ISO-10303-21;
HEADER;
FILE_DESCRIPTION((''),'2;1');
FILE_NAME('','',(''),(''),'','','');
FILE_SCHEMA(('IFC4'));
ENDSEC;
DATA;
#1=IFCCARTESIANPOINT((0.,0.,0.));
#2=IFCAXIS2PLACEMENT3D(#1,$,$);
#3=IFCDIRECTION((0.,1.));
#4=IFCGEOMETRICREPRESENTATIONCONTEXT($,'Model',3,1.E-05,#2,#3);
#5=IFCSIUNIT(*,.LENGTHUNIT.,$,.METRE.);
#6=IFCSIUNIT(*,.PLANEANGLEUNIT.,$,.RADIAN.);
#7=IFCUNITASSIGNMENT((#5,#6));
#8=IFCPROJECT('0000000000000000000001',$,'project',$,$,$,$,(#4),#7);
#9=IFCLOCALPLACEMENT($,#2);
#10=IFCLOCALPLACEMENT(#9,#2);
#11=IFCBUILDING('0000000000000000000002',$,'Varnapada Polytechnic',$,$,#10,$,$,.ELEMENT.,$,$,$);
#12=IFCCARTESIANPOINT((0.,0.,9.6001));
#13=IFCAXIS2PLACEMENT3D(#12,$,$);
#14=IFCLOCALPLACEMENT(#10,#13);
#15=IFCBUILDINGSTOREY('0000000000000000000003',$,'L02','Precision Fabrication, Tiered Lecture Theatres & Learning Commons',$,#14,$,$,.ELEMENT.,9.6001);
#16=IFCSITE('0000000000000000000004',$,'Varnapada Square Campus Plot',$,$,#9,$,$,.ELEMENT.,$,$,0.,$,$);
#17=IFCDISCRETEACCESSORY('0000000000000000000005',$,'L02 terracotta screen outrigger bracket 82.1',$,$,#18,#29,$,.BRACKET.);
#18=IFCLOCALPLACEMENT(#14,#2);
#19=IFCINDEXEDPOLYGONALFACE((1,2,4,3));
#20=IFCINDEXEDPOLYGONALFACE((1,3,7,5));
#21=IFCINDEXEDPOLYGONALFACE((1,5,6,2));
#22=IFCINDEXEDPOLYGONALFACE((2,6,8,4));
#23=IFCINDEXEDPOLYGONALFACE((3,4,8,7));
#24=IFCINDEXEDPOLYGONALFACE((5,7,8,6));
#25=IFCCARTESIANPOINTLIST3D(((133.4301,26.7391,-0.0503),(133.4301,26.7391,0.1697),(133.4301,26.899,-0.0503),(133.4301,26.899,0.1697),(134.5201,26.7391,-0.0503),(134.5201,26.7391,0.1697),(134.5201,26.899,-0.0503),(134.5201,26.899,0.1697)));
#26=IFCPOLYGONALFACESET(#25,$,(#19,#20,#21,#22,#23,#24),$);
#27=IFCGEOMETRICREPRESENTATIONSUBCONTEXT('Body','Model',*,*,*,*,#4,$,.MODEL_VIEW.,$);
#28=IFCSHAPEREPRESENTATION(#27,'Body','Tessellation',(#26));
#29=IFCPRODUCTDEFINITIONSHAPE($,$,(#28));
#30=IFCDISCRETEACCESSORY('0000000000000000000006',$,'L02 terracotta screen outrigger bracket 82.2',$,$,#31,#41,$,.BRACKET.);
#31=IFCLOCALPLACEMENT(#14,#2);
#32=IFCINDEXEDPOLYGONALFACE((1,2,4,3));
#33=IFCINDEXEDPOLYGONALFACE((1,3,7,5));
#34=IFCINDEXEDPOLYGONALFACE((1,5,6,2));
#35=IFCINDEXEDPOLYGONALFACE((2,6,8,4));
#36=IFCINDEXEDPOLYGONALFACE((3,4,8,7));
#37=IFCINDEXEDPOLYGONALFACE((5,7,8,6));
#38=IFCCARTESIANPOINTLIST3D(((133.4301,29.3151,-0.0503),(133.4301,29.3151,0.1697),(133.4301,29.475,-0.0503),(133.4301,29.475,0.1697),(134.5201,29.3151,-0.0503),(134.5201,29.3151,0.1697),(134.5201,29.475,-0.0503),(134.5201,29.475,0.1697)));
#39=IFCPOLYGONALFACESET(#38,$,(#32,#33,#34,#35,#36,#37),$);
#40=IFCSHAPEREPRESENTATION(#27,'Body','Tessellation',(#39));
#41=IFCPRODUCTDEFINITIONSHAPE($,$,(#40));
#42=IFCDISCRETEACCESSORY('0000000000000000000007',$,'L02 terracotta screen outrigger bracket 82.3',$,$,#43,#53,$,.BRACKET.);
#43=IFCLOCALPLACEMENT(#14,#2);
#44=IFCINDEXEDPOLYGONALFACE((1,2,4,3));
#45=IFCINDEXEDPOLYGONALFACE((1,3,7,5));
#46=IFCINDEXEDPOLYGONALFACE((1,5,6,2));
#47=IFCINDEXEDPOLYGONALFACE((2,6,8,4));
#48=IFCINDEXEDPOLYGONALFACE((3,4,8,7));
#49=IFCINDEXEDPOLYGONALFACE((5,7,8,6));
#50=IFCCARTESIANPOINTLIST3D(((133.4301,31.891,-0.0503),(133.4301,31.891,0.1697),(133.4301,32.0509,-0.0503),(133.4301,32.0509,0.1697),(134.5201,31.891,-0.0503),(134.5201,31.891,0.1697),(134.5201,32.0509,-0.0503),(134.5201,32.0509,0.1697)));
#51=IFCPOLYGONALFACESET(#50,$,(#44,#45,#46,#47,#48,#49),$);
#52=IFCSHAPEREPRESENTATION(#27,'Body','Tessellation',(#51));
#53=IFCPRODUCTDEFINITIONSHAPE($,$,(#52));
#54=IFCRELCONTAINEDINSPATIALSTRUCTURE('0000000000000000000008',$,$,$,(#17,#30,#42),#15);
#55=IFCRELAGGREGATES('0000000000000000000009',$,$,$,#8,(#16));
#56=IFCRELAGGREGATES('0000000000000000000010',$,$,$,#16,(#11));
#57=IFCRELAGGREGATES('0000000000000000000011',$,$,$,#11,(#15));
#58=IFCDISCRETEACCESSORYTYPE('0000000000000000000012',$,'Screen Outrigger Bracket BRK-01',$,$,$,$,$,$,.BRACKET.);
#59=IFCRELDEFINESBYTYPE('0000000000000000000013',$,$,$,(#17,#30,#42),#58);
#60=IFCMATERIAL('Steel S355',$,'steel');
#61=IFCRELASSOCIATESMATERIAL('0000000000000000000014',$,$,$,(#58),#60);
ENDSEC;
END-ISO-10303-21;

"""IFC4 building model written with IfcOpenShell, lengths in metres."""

from ifc_helpers import new_model, si_unit, direction, frame, origin, origin_2d, place, context, subcontext, project, spatial, rectangle, extrude, material, type_object, element, save


model = new_model("IFC4")

# Units and contexts
model_context = context("Model", 3, precision=1e-05, world=origin(), true_north=direction((0.0, 1.0)))
body_context = subcontext(model_context, "Body", "Model", "MODEL_VIEW")
ifc_project = project(units=[si_unit("LENGTHUNIT", "METRE"), si_unit("PLANEANGLEUNIT", "RADIAN")], contexts=[model_context])

# Site, building, storey
site_placement = place(None, origin())
site = spatial("IfcSite", under=ifc_project, at=site_placement, Name="Varnapada Square Campus Plot", CompositionType="ELEMENT", RefElevation=0.0)
building_placement = place(site_placement, origin())
building = spatial("IfcBuilding", under=site, at=building_placement, Name="Varnapada Polytechnic", CompositionType="ELEMENT")
storey_placement = place(building_placement, frame((0.0, 0.0, 9.6001)))
storey = spatial("IfcBuildingStorey", under=building, at=storey_placement, Name="L02", Description="Precision Fabrication, Tiered Lecture Theatres & Learning Commons", CompositionType="ELEMENT", Elevation=9.6001)

# Discrete accessories
ifc_material_1 = material(Name="Steel S355", Category="steel")
discrete_accessory_type = type_object("IfcDiscreteAccessoryType", Name="Screen Outrigger Bracket BRK-01", PredefinedType="BRACKET", material=ifc_material_1)
for number, where, z_axis, x_axis, name in (
    (1, (133.9751, 26.8191, -0.0503), (0.0, 0.0, 1.0), (0.0, 1.0, 0.0), "L02 terracotta screen outrigger bracket 82.1"),
    (2, (133.9751, 29.395, -0.0503), (0.0, 0.0, 1.0), (0.0, 1.0, 0.0), "L02 terracotta screen outrigger bracket 82.2"),
    (3, (133.9751, 31.9709, -0.0503), (0.0, 0.0, 1.0), (0.0, 1.0, 0.0), "L02 terracotta screen outrigger bracket 82.3"),
):
    element("IfcDiscreteAccessory", number, at=place(storey_placement, frame(where, z_axis=z_axis, x_axis=x_axis)), inside=storey, type_object=discrete_accessory_type, Name=name, PredefinedType="BRACKET", context=body_context, shape_type="SweptSolid", body=[
        extrude(rectangle(XDim=0.1599, YDim=1.0901, at=origin_2d()), origin(), (0.0, 0.0, 1.0), 0.22),
    ])

save(model, "model.ifc")
